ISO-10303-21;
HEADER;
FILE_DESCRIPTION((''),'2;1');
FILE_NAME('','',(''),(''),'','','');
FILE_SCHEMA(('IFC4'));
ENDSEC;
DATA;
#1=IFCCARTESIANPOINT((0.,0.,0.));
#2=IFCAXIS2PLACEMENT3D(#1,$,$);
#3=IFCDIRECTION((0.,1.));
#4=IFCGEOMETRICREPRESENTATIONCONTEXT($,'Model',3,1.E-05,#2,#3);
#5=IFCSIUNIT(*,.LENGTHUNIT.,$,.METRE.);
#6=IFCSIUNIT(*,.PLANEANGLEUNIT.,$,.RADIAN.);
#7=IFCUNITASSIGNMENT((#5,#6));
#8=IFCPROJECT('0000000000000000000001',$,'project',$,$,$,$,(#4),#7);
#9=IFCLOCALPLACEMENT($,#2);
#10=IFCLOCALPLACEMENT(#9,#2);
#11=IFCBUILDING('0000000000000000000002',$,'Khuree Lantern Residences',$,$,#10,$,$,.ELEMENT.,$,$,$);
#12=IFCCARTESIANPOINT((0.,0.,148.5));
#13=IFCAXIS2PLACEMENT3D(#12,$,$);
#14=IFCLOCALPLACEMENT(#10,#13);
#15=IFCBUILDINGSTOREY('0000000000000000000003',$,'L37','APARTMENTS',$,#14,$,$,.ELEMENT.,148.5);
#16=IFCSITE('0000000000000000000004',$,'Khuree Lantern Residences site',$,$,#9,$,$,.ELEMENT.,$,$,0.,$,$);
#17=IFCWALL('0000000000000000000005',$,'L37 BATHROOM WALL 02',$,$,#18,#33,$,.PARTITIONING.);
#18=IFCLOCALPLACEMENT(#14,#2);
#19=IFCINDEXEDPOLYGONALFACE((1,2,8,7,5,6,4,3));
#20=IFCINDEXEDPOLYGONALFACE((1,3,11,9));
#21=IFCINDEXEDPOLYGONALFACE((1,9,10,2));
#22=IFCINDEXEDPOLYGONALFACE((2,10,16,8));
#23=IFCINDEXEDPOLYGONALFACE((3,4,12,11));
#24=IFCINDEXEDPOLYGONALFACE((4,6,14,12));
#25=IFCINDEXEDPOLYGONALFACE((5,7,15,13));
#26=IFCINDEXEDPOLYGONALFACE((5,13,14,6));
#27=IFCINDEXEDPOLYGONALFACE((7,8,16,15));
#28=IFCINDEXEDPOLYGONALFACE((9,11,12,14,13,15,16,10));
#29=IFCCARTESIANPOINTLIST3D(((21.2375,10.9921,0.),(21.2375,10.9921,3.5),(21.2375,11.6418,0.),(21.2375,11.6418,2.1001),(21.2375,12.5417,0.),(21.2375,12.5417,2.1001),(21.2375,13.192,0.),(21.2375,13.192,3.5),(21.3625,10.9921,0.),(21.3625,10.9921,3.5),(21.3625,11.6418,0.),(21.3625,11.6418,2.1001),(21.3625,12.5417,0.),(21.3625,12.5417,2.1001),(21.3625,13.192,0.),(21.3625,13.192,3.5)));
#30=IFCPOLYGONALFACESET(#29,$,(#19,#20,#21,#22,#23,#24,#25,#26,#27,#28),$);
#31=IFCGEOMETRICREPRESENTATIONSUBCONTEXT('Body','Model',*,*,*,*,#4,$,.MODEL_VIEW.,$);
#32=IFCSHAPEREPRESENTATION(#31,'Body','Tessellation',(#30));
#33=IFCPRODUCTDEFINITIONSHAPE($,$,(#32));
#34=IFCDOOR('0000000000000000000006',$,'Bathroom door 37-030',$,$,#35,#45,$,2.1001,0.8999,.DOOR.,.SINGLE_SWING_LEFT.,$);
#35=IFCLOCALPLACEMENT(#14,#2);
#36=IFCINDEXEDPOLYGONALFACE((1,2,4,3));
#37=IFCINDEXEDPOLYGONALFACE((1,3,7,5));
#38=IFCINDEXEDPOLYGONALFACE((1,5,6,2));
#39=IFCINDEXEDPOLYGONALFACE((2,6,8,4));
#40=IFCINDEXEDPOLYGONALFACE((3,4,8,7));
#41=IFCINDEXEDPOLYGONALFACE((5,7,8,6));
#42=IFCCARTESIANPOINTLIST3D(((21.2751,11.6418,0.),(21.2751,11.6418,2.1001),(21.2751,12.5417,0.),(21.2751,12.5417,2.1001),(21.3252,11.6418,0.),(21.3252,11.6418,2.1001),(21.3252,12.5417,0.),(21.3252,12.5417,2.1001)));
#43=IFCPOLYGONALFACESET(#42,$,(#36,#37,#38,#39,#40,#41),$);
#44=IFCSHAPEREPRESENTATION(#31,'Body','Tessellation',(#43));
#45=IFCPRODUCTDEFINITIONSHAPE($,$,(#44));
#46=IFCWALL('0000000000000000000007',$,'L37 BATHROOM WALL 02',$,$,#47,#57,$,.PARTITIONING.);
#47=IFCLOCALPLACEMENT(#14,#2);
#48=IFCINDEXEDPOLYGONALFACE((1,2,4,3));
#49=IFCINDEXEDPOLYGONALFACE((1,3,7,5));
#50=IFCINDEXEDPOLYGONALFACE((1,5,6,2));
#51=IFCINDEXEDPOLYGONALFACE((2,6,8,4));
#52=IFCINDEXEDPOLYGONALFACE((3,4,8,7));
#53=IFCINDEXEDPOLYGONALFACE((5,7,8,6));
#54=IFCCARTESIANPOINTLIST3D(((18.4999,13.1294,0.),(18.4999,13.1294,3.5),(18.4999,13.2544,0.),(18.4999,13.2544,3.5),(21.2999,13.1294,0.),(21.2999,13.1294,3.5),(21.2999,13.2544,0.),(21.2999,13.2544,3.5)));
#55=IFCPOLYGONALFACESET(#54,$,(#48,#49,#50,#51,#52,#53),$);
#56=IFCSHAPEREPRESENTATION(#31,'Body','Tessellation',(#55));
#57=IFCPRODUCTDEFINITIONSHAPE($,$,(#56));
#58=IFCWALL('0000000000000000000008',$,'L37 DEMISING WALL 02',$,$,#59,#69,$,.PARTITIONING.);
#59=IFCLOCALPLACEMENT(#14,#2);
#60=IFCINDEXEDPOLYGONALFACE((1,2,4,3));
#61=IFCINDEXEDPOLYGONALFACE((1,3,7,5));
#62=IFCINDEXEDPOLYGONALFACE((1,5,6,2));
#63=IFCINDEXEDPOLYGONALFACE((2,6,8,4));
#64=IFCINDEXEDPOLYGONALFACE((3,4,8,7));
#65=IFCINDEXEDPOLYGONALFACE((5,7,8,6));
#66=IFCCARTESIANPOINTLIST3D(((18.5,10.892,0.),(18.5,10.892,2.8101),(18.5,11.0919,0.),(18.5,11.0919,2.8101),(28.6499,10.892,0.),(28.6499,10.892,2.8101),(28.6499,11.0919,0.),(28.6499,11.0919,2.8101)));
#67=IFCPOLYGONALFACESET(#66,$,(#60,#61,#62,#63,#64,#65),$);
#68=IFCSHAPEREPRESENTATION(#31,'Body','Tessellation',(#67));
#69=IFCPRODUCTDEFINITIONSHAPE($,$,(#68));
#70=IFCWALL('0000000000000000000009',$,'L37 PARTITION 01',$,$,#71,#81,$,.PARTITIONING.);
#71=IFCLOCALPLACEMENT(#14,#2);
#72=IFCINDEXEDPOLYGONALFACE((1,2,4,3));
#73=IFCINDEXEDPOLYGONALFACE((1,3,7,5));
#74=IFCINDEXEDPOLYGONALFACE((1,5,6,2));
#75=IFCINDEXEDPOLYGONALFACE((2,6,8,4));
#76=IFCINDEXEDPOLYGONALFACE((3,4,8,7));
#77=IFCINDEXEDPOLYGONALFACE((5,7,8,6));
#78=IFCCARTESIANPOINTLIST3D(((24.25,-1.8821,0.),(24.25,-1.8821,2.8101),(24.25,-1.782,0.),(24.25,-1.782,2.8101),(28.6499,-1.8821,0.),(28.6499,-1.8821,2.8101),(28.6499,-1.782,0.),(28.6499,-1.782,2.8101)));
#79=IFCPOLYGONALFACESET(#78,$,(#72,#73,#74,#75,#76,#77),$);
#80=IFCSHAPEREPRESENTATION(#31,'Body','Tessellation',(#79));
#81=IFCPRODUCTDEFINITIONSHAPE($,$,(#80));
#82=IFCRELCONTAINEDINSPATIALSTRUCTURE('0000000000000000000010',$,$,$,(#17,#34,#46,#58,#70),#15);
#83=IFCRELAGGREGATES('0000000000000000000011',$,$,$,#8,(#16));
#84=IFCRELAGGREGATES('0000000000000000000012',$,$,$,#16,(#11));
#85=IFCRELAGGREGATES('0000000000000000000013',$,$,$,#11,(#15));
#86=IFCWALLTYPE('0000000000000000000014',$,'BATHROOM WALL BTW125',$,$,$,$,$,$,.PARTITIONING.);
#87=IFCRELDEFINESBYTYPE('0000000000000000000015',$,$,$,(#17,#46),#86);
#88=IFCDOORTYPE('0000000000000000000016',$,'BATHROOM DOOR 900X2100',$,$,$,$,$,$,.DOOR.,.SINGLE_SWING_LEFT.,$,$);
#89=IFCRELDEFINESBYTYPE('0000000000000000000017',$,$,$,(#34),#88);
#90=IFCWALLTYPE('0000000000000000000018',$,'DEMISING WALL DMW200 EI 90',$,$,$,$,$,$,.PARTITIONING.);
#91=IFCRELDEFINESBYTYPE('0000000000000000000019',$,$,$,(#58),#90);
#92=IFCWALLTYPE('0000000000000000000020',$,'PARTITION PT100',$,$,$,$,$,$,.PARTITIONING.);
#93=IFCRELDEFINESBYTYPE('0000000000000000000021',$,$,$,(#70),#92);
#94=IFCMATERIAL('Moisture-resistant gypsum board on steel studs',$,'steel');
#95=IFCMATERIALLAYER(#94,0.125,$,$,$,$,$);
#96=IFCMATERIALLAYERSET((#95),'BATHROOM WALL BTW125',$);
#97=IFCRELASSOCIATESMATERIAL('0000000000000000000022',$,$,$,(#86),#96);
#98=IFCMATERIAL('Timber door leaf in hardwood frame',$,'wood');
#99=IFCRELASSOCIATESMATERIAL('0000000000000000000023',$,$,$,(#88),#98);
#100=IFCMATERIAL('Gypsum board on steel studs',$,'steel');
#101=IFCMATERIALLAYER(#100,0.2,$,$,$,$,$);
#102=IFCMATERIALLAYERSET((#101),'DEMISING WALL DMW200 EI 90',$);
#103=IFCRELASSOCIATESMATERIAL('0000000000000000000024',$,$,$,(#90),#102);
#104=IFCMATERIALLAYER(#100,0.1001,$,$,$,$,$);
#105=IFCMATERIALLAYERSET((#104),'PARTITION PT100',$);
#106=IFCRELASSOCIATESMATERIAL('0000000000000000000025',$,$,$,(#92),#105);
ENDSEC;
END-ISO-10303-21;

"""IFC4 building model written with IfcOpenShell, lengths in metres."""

from ifc_helpers import new_model, si_unit, direction, frame, frame_2d, origin, place, context, subcontext, project, spatial, rectangle, extrude, material, layer, layer_set, type_object, element, fill, save


model = new_model("IFC4")

# Units and contexts
model_context = context("Model", 3, precision=1e-05, world=origin(), true_north=direction((0.0, 1.0)))
body_context = subcontext(model_context, "Body", "Model", "MODEL_VIEW")
ifc_project = project(units=[si_unit("LENGTHUNIT", "METRE"), si_unit("PLANEANGLEUNIT", "RADIAN")], contexts=[model_context])

# Site, building, storey
site_placement = place(None, origin())
site = spatial("IfcSite", under=ifc_project, at=site_placement, Name="Khuree Lantern Residences site", CompositionType="ELEMENT", RefElevation=0.0)
building_placement = place(site_placement, origin())
building = spatial("IfcBuilding", under=site, at=building_placement, Name="Khuree Lantern Residences", CompositionType="ELEMENT")
storey_placement = place(building_placement, frame((0.0, 0.0, 148.5)))
storey = spatial("IfcBuildingStorey", under=building, at=storey_placement, Name="L37", Description="APARTMENTS", CompositionType="ELEMENT", Elevation=148.5)

# Wall, opening, door
ifc_material_1 = material(Name="Moisture-resistant gypsum board on steel studs", Category="steel")
ifc_layer_1 = layer(ifc_material_1, 0.125)
ifc_layer_set_1 = layer_set([ifc_layer_1], Name="BATHROOM WALL BTW125")
wall_type_1 = type_object("IfcWallType", Name="BATHROOM WALL BTW125", PredefinedType="PARTITIONING", material=ifc_layer_set_1)
wall_1_placement = place(storey_placement, frame((21.3, 10.9919, 0.0), z_axis=(0.0, 0.0, 1.0), x_axis=(0.0, 1.0, 0.0)))
wall_1 = element("IfcWall", 1, at=wall_1_placement, inside=storey, type_object=wall_type_1, Name="L37 BATHROOM WALL 02", PredefinedType="PARTITIONING", context=body_context, shape_type="SweptSolid", body=[
    extrude(rectangle(XDim=2.2, YDim=0.125, at=frame_2d((1.1001, 0.0))), origin(), (0.0, 0.0, 1.0), 3.5),
])
opening_placement = place(wall_1_placement, frame((0.6499, 0.0, 0.0)))
opening = element("IfcOpeningElement", 2, at=opening_placement, cuts=wall_1, PredefinedType="OPENING", context=body_context, shape_type="SweptSolid", body=[
    extrude(rectangle(XDim=0.8999, YDim=2.1001, at=frame_2d((0.45, 1.05))), frame((0.0, 0.0725, 0.0), z_axis=(0.0, -1.0, 0.0), x_axis=(1.0, 0.0, 0.0)), (0.0, 0.0, 1.0), 0.145),
])
ifc_material_2 = material(Name="Timber door leaf in hardwood frame", Category="wood")
door_type = type_object("IfcDoorType", Name="BATHROOM DOOR 900X2100", OperationType="SINGLE_SWING_LEFT", PredefinedType="DOOR", material=ifc_material_2)
door_placement = place(opening_placement, origin())
door = element("IfcDoor", 3, at=door_placement, inside=storey, type_object=door_type, Name="Bathroom door 37-030", OperationType="SINGLE_SWING_LEFT", OverallHeight=2.1001, OverallWidth=0.8999, PredefinedType="DOOR", context=body_context, shape_type="SweptSolid", body=[
    extrude(rectangle(XDim=0.8999, YDim=2.1001, at=frame_2d((0.45, 1.05))), frame((0.0, 0.0249, 0.0), z_axis=(0.0, -1.0, 0.0), x_axis=(1.0, 0.0, 0.0)), (0.0, 0.0, 1.0), 0.05),
])
fill(opening, door)

# Walls
wall_2_placement = place(storey_placement, frame((18.5, 13.1919, 0.0), z_axis=(0.0, 0.0, 1.0), x_axis=(1.0, 0.0, 0.0)))
element("IfcWall", 4, at=wall_2_placement, inside=storey, type_object=wall_type_1, Name="L37 BATHROOM WALL 02", PredefinedType="PARTITIONING", context=body_context, shape_type="SweptSolid", body=[
    extrude(rectangle(XDim=2.8, YDim=0.125, at=frame_2d((1.3999, 0.0))), origin(), (0.0, 0.0, 1.0), 3.5),
])
ifc_material_3 = material(Name="Gypsum board on steel studs", Category="steel")
ifc_layer_2 = layer(ifc_material_3, 0.2)
ifc_layer_set_2 = layer_set([ifc_layer_2], Name="DEMISING WALL DMW200 EI 90")
wall_type_2 = type_object("IfcWallType", Name="DEMISING WALL DMW200 EI 90", PredefinedType="PARTITIONING", material=ifc_layer_set_2)
wall_3_placement = place(storey_placement, frame((18.5, 10.9919, 0.0), z_axis=(0.0, 0.0, 1.0), x_axis=(1.0, 0.0, 0.0)))
element("IfcWall", 5, at=wall_3_placement, inside=storey, type_object=wall_type_2, Name="L37 DEMISING WALL 02", PredefinedType="PARTITIONING", context=body_context, shape_type="SweptSolid", body=[
    extrude(rectangle(XDim=10.1499, YDim=0.2, at=frame_2d((5.075, 0.0))), origin(), (0.0, 0.0, 1.0), 2.8101),
])
ifc_layer_3 = layer(ifc_material_3, 0.1001)
ifc_layer_set_3 = layer_set([ifc_layer_3], Name="PARTITION PT100")
wall_type_3 = type_object("IfcWallType", Name="PARTITION PT100", PredefinedType="PARTITIONING", material=ifc_layer_set_3)
wall_4_placement = place(storey_placement, frame((24.25, -1.832, 0.0), z_axis=(0.0, 0.0, 1.0), x_axis=(1.0, 0.0, 0.0)))
element("IfcWall", 6, at=wall_4_placement, inside=storey, type_object=wall_type_3, Name="L37 PARTITION 01", PredefinedType="PARTITIONING", context=body_context, shape_type="SweptSolid", body=[
    extrude(rectangle(XDim=4.3999, YDim=0.1001, at=frame_2d((2.2, 0.0))), origin(), (0.0, 0.0, 1.0), 2.8101),
])

save(model, "model.ifc")
